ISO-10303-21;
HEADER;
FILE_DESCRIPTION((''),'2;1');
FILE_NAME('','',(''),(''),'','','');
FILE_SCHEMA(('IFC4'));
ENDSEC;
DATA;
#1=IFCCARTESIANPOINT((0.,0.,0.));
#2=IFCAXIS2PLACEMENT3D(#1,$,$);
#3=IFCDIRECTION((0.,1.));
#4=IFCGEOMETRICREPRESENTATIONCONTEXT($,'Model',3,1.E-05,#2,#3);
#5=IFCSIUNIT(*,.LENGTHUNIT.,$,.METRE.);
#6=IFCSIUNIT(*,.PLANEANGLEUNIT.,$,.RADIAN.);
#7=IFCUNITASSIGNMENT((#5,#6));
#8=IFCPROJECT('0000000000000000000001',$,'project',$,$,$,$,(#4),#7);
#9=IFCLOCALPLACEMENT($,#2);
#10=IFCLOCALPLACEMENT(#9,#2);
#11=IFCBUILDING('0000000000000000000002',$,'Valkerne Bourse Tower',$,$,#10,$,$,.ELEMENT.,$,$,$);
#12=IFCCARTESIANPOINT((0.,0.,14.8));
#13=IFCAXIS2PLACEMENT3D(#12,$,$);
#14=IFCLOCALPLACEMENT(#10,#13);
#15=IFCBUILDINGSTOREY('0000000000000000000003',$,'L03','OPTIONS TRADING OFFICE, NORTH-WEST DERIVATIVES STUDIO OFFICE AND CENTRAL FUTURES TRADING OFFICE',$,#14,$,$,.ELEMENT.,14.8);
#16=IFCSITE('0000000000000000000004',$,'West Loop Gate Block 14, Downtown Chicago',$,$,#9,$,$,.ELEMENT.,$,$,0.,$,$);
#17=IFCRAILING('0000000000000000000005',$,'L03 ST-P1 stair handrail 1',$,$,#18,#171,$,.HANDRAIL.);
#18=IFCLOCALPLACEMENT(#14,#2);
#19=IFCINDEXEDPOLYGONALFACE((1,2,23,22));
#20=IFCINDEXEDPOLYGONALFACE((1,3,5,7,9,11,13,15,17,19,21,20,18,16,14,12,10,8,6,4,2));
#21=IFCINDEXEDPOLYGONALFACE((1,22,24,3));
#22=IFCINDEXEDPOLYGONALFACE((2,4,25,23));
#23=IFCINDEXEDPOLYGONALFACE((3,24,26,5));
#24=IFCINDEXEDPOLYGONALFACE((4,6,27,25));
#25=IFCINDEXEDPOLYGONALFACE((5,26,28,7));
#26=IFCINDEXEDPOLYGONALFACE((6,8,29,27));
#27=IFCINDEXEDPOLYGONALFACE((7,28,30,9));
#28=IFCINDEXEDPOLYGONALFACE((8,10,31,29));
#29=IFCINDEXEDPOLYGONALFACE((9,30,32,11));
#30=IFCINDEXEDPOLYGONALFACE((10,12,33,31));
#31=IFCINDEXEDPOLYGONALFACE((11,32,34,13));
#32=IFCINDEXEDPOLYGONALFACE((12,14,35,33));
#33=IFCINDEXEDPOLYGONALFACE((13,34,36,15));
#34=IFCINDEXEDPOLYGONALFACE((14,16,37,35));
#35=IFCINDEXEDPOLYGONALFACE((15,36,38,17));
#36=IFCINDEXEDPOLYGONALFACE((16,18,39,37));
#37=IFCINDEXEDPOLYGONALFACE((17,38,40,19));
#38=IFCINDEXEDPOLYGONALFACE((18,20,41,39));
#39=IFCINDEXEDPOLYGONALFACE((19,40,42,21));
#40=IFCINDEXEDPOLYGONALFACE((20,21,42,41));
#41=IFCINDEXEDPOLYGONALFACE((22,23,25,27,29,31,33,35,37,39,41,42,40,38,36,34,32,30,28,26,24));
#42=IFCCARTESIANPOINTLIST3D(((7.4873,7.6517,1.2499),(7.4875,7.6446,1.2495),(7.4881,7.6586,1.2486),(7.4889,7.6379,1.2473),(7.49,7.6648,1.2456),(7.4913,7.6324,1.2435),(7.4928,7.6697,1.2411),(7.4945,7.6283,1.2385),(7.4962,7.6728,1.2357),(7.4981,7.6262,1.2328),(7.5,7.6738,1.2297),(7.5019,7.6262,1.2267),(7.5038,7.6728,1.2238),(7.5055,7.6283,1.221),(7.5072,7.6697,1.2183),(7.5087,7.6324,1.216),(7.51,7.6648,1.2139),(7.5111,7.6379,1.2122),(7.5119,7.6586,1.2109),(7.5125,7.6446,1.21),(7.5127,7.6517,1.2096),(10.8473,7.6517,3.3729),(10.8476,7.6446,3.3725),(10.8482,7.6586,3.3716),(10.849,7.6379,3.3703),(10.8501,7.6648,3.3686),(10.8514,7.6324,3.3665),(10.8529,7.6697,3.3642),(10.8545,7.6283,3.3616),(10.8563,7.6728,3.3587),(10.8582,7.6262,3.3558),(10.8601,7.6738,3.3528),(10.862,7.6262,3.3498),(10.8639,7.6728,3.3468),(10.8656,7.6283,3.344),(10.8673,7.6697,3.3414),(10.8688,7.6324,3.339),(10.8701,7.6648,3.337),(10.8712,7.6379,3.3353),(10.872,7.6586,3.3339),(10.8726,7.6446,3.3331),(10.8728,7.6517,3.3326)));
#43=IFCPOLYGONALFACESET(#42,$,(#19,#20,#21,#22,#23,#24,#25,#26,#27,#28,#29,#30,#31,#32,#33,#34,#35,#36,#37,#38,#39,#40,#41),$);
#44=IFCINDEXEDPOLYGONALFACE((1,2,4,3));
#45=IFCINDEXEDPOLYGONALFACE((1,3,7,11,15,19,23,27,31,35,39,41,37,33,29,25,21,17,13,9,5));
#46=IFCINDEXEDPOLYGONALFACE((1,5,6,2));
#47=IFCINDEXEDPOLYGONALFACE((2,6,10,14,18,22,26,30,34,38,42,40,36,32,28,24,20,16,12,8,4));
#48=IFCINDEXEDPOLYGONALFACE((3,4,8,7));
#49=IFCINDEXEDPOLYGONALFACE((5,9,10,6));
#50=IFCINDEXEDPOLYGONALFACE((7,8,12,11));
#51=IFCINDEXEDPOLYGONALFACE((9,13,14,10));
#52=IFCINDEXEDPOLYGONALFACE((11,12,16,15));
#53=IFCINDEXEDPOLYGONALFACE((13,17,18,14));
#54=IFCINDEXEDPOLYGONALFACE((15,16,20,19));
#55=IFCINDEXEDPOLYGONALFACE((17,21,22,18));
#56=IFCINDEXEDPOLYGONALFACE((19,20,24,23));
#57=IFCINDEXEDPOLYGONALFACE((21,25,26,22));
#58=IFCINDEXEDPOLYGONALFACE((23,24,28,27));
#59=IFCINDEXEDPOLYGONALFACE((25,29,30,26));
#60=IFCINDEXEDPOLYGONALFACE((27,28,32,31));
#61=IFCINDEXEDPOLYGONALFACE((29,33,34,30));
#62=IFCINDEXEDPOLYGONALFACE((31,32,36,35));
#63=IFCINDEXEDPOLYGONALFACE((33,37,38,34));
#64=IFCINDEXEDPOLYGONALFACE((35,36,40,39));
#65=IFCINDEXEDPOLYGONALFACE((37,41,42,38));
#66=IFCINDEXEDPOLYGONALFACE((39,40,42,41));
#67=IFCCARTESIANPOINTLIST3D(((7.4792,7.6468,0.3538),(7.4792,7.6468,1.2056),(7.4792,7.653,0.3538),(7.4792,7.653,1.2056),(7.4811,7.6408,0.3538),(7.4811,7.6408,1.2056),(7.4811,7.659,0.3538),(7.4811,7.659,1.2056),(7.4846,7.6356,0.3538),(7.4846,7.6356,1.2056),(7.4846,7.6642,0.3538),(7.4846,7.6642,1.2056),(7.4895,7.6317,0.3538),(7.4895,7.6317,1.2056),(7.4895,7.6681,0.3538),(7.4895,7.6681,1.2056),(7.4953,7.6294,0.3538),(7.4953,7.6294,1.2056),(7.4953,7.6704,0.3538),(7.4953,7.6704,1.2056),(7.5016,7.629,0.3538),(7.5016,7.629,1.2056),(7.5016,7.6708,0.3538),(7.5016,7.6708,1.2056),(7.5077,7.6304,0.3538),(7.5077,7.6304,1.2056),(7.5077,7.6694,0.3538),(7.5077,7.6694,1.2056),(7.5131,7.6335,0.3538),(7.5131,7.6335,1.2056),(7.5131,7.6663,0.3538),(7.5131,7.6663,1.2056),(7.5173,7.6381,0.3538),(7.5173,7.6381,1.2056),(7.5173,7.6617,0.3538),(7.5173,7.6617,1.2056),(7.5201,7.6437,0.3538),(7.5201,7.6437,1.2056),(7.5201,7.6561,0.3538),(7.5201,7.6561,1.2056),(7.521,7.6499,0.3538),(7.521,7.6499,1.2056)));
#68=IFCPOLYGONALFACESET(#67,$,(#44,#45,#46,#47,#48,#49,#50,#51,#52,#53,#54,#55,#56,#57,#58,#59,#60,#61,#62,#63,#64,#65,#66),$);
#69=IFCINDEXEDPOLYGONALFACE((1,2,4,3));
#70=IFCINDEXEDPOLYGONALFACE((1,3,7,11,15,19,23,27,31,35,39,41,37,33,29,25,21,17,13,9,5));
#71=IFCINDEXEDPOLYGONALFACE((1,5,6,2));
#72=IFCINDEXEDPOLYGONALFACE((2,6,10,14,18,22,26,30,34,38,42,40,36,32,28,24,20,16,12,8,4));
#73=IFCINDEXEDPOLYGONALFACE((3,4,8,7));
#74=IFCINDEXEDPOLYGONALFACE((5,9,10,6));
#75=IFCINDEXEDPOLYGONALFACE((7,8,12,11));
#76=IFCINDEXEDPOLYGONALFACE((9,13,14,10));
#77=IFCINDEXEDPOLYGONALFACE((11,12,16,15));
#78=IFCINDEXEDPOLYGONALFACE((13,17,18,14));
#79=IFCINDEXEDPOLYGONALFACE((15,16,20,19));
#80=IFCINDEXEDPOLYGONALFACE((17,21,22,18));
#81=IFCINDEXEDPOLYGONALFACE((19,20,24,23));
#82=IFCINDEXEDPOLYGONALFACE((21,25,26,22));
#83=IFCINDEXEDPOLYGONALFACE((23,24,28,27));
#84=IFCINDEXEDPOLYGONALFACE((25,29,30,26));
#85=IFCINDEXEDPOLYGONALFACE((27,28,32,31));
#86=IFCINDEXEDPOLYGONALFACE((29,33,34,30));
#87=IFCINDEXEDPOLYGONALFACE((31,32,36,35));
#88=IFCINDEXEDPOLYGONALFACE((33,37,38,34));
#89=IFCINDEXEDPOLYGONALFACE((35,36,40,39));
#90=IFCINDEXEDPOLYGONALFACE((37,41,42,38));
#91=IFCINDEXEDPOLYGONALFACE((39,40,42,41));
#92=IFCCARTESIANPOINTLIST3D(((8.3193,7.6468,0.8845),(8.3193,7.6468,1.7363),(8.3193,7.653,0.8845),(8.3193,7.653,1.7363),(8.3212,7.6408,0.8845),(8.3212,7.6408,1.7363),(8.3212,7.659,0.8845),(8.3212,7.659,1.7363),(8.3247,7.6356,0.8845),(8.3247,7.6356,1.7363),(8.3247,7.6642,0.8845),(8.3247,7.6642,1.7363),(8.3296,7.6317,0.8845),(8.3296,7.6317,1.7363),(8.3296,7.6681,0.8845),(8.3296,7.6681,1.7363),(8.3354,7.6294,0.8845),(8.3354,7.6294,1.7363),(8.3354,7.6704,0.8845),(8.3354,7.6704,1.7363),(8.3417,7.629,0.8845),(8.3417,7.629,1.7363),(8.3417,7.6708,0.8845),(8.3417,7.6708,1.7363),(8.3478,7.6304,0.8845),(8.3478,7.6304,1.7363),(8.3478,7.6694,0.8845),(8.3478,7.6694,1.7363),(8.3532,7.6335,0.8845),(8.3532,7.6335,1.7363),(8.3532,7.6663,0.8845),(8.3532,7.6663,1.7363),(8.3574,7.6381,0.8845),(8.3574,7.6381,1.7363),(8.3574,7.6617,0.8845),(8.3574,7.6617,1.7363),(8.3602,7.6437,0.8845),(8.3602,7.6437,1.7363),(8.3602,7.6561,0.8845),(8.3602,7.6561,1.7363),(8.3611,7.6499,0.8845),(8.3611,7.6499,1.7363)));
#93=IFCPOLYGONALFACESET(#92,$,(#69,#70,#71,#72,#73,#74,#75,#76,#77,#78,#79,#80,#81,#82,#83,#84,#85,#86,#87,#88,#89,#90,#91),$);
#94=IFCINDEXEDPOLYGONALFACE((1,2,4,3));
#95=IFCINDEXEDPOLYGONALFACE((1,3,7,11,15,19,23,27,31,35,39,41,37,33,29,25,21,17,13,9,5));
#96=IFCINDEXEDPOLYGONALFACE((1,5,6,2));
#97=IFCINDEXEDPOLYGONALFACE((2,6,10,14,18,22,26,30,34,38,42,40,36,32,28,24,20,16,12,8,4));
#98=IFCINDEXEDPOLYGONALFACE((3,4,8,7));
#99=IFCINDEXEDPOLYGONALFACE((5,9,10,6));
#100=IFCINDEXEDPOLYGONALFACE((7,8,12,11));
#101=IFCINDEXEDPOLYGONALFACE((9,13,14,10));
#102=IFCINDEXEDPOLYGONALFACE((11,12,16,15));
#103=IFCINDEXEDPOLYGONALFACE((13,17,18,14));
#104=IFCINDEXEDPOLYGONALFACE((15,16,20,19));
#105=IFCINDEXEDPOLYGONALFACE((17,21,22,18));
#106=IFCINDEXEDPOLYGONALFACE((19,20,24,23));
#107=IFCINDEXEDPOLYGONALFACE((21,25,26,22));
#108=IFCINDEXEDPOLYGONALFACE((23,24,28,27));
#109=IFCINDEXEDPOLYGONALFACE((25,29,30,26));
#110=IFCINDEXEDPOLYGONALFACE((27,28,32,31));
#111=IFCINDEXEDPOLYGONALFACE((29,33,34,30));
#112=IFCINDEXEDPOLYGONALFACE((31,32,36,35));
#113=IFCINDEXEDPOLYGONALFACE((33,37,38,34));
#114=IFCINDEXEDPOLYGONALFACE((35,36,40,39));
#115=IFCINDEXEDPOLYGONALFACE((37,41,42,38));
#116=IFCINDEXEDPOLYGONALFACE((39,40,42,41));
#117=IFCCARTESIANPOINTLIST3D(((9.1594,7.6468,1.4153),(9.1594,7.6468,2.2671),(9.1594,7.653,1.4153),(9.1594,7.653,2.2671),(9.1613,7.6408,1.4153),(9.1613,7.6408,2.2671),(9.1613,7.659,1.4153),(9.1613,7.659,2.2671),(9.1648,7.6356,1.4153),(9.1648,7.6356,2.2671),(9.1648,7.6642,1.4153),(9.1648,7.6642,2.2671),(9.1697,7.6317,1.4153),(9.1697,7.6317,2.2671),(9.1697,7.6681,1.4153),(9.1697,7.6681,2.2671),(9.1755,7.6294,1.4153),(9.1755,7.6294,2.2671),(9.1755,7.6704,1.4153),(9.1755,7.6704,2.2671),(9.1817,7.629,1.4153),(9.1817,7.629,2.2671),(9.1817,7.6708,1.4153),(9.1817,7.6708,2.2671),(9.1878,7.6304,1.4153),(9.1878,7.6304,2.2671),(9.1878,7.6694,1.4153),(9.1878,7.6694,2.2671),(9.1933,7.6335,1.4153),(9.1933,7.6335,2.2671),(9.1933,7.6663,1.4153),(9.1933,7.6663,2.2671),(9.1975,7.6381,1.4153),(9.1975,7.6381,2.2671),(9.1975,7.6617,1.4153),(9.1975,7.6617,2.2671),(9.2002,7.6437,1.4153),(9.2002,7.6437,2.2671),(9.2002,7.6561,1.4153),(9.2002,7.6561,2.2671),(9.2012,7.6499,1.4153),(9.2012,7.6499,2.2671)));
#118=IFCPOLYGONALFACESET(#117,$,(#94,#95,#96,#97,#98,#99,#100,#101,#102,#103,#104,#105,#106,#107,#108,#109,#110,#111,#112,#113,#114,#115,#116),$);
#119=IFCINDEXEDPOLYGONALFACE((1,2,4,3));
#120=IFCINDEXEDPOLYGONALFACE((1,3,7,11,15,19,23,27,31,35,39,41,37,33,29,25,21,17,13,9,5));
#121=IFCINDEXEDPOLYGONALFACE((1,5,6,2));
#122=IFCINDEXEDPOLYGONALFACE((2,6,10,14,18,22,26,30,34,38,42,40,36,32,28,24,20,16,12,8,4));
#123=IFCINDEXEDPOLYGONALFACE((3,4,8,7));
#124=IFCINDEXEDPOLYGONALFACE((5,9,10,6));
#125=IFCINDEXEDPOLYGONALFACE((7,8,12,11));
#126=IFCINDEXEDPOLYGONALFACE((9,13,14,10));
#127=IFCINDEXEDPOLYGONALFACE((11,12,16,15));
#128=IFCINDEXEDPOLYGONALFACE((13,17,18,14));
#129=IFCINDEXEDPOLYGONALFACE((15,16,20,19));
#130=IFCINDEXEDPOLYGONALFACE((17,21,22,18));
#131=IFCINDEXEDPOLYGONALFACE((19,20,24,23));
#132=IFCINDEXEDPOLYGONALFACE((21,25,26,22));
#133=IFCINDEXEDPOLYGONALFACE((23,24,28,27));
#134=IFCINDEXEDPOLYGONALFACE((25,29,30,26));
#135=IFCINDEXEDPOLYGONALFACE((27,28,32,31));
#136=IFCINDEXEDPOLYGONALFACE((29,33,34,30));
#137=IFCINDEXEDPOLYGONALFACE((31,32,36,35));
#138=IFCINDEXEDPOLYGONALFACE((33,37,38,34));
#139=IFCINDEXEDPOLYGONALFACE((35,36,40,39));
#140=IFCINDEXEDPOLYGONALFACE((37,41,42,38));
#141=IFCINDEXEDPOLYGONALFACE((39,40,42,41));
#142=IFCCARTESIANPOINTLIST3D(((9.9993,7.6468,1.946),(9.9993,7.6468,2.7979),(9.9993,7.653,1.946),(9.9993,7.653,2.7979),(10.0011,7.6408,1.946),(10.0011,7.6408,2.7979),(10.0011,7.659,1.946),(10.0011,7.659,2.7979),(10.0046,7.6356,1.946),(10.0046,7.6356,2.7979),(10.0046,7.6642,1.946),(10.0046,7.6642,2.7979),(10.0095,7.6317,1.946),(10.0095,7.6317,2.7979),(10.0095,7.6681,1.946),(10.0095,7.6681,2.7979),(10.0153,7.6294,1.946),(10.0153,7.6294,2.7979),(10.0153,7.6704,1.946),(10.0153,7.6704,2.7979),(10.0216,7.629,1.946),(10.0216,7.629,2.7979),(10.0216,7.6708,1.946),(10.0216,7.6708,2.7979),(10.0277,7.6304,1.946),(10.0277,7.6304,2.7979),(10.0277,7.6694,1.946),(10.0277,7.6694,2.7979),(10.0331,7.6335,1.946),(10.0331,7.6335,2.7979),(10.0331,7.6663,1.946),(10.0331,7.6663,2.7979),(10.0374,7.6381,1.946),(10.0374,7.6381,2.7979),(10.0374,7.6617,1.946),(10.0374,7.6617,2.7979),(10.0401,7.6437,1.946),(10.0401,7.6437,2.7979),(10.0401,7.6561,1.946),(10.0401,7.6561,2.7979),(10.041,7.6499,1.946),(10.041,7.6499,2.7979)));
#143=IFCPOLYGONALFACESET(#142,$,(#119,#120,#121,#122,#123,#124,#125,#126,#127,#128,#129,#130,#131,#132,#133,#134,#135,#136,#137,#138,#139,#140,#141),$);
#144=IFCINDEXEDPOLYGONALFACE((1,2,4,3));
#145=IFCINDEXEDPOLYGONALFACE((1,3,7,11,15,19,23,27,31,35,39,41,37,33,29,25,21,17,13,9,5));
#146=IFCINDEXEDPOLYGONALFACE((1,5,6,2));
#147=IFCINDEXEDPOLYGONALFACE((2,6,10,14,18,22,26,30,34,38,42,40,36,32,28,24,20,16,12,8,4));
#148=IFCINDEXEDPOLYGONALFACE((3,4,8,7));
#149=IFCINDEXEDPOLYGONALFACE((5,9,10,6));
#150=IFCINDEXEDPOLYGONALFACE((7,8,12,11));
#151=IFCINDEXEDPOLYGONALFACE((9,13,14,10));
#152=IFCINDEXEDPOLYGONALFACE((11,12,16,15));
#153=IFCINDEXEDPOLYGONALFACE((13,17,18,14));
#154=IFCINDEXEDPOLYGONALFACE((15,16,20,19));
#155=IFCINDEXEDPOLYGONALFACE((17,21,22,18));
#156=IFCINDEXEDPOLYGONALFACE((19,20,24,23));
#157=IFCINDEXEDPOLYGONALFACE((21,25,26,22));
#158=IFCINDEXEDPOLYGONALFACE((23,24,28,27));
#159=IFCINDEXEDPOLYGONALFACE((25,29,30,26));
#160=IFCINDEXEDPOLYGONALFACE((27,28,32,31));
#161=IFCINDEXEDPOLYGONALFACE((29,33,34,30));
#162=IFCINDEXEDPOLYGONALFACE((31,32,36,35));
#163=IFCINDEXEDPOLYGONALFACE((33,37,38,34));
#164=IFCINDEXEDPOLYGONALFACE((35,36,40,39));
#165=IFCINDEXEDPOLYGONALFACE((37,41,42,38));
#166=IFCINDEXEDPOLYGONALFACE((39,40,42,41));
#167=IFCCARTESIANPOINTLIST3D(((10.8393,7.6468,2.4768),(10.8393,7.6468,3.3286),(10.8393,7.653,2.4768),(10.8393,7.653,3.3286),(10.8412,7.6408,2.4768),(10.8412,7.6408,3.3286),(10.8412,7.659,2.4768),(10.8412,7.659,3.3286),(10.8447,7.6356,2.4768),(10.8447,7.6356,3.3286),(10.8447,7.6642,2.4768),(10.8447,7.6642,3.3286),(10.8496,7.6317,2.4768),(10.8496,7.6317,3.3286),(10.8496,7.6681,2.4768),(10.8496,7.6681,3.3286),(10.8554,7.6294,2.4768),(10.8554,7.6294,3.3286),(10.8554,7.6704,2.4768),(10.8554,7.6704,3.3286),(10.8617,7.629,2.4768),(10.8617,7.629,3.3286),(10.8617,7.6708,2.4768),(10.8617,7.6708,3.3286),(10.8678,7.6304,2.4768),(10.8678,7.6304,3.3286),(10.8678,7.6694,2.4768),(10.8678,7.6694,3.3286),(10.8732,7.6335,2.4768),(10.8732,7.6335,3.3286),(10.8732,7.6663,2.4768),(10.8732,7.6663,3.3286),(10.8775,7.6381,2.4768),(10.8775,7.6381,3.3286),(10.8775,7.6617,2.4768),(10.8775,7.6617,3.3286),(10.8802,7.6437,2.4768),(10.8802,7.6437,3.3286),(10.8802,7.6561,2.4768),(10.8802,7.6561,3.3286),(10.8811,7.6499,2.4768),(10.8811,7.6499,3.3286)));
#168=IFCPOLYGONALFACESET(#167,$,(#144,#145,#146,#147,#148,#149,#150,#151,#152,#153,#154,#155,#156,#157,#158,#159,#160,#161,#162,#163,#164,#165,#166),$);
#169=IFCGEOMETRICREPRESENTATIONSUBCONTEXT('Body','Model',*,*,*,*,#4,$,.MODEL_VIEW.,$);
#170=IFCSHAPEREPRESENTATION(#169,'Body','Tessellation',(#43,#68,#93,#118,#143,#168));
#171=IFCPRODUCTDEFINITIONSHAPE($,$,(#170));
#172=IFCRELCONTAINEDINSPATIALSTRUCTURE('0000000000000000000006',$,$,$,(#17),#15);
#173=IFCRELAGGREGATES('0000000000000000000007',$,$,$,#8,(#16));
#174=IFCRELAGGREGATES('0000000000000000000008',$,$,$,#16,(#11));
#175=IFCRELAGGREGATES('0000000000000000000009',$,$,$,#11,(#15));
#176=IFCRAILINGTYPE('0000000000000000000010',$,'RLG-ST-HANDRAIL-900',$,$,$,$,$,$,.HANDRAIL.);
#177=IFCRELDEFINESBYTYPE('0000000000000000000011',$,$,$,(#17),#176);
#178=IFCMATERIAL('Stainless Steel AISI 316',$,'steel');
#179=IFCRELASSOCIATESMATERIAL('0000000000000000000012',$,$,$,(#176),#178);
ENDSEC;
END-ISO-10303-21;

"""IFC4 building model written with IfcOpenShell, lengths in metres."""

from ifc_helpers import new_model, si_unit, direction, frame, origin, origin_2d, place, context, subcontext, project, spatial, circle, extrude, material, type_object, element, save


model = new_model("IFC4")

# Units and contexts
model_context = context("Model", 3, precision=1e-05, world=origin(), true_north=direction((0.0, 1.0)))
body_context = subcontext(model_context, "Body", "Model", "MODEL_VIEW")
ifc_project = project(units=[si_unit("LENGTHUNIT", "METRE"), si_unit("PLANEANGLEUNIT", "RADIAN")], contexts=[model_context])

# Site, building, storey
site_placement = place(None, origin())
site = spatial("IfcSite", under=ifc_project, at=site_placement, Name="West Loop Gate Block 14, Downtown Chicago", CompositionType="ELEMENT", RefElevation=0.0)
building_placement = place(site_placement, origin())
building = spatial("IfcBuilding", under=site, at=building_placement, Name="Valkerne Bourse Tower", CompositionType="ELEMENT")
storey_placement = place(building_placement, frame((0.0, 0.0, 14.8)))
storey = spatial("IfcBuildingStorey", under=building, at=storey_placement, Name="L03", Description="OPTIONS TRADING OFFICE, NORTH-WEST DERIVATIVES STUDIO OFFICE AND CENTRAL FUTURES TRADING OFFICE", CompositionType="ELEMENT", Elevation=14.8)

# Railing
ifc_material_1 = material(Name="Stainless Steel AISI 316", Category="steel")
railing_type_1 = type_object("IfcRailingType", Name="RLG-ST-HANDRAIL-900", PredefinedType="HANDRAIL", material=ifc_material_1)
railing_1_placement = place(storey_placement, frame((7.5, 7.6499, 0.3538)))
element("IfcRailing", 1, at=railing_1_placement, inside=storey, type_object=railing_type_1, Name="L03 ST-P1 stair handrail 1", PredefinedType="HANDRAIL", context=body_context, shape_type="SweptSolid", body=[
    extrude(circle(Radius=0.0239, at=origin_2d()), frame((0.0, 0.0, 0.876), z_axis=(0.84539, 0.0, 0.53415), x_axis=(0.0, 1.0, 0.0)), (0.0, 0.0, 1.0), 3.9746),
    extrude(circle(Radius=0.021, at=origin_2d()), origin(), (0.0, 0.0, 1.0), 0.8518),
    extrude(circle(Radius=0.021, at=origin_2d()), frame((0.8401, 0.0, 0.5308)), (0.0, 0.0, 1.0), 0.8518),
    extrude(circle(Radius=0.021, at=origin_2d()), frame((1.6802, 0.0, 1.0615)), (0.0, 0.0, 1.0), 0.8518),
    extrude(circle(Radius=0.021, at=origin_2d()), frame((2.52, 0.0, 1.5923)), (0.0, 0.0, 1.0), 0.8518),
    extrude(circle(Radius=0.021, at=origin_2d()), frame((3.3601, 0.0, 2.123)), (0.0, 0.0, 1.0), 0.8518),
])

save(model, "model.ifc")
